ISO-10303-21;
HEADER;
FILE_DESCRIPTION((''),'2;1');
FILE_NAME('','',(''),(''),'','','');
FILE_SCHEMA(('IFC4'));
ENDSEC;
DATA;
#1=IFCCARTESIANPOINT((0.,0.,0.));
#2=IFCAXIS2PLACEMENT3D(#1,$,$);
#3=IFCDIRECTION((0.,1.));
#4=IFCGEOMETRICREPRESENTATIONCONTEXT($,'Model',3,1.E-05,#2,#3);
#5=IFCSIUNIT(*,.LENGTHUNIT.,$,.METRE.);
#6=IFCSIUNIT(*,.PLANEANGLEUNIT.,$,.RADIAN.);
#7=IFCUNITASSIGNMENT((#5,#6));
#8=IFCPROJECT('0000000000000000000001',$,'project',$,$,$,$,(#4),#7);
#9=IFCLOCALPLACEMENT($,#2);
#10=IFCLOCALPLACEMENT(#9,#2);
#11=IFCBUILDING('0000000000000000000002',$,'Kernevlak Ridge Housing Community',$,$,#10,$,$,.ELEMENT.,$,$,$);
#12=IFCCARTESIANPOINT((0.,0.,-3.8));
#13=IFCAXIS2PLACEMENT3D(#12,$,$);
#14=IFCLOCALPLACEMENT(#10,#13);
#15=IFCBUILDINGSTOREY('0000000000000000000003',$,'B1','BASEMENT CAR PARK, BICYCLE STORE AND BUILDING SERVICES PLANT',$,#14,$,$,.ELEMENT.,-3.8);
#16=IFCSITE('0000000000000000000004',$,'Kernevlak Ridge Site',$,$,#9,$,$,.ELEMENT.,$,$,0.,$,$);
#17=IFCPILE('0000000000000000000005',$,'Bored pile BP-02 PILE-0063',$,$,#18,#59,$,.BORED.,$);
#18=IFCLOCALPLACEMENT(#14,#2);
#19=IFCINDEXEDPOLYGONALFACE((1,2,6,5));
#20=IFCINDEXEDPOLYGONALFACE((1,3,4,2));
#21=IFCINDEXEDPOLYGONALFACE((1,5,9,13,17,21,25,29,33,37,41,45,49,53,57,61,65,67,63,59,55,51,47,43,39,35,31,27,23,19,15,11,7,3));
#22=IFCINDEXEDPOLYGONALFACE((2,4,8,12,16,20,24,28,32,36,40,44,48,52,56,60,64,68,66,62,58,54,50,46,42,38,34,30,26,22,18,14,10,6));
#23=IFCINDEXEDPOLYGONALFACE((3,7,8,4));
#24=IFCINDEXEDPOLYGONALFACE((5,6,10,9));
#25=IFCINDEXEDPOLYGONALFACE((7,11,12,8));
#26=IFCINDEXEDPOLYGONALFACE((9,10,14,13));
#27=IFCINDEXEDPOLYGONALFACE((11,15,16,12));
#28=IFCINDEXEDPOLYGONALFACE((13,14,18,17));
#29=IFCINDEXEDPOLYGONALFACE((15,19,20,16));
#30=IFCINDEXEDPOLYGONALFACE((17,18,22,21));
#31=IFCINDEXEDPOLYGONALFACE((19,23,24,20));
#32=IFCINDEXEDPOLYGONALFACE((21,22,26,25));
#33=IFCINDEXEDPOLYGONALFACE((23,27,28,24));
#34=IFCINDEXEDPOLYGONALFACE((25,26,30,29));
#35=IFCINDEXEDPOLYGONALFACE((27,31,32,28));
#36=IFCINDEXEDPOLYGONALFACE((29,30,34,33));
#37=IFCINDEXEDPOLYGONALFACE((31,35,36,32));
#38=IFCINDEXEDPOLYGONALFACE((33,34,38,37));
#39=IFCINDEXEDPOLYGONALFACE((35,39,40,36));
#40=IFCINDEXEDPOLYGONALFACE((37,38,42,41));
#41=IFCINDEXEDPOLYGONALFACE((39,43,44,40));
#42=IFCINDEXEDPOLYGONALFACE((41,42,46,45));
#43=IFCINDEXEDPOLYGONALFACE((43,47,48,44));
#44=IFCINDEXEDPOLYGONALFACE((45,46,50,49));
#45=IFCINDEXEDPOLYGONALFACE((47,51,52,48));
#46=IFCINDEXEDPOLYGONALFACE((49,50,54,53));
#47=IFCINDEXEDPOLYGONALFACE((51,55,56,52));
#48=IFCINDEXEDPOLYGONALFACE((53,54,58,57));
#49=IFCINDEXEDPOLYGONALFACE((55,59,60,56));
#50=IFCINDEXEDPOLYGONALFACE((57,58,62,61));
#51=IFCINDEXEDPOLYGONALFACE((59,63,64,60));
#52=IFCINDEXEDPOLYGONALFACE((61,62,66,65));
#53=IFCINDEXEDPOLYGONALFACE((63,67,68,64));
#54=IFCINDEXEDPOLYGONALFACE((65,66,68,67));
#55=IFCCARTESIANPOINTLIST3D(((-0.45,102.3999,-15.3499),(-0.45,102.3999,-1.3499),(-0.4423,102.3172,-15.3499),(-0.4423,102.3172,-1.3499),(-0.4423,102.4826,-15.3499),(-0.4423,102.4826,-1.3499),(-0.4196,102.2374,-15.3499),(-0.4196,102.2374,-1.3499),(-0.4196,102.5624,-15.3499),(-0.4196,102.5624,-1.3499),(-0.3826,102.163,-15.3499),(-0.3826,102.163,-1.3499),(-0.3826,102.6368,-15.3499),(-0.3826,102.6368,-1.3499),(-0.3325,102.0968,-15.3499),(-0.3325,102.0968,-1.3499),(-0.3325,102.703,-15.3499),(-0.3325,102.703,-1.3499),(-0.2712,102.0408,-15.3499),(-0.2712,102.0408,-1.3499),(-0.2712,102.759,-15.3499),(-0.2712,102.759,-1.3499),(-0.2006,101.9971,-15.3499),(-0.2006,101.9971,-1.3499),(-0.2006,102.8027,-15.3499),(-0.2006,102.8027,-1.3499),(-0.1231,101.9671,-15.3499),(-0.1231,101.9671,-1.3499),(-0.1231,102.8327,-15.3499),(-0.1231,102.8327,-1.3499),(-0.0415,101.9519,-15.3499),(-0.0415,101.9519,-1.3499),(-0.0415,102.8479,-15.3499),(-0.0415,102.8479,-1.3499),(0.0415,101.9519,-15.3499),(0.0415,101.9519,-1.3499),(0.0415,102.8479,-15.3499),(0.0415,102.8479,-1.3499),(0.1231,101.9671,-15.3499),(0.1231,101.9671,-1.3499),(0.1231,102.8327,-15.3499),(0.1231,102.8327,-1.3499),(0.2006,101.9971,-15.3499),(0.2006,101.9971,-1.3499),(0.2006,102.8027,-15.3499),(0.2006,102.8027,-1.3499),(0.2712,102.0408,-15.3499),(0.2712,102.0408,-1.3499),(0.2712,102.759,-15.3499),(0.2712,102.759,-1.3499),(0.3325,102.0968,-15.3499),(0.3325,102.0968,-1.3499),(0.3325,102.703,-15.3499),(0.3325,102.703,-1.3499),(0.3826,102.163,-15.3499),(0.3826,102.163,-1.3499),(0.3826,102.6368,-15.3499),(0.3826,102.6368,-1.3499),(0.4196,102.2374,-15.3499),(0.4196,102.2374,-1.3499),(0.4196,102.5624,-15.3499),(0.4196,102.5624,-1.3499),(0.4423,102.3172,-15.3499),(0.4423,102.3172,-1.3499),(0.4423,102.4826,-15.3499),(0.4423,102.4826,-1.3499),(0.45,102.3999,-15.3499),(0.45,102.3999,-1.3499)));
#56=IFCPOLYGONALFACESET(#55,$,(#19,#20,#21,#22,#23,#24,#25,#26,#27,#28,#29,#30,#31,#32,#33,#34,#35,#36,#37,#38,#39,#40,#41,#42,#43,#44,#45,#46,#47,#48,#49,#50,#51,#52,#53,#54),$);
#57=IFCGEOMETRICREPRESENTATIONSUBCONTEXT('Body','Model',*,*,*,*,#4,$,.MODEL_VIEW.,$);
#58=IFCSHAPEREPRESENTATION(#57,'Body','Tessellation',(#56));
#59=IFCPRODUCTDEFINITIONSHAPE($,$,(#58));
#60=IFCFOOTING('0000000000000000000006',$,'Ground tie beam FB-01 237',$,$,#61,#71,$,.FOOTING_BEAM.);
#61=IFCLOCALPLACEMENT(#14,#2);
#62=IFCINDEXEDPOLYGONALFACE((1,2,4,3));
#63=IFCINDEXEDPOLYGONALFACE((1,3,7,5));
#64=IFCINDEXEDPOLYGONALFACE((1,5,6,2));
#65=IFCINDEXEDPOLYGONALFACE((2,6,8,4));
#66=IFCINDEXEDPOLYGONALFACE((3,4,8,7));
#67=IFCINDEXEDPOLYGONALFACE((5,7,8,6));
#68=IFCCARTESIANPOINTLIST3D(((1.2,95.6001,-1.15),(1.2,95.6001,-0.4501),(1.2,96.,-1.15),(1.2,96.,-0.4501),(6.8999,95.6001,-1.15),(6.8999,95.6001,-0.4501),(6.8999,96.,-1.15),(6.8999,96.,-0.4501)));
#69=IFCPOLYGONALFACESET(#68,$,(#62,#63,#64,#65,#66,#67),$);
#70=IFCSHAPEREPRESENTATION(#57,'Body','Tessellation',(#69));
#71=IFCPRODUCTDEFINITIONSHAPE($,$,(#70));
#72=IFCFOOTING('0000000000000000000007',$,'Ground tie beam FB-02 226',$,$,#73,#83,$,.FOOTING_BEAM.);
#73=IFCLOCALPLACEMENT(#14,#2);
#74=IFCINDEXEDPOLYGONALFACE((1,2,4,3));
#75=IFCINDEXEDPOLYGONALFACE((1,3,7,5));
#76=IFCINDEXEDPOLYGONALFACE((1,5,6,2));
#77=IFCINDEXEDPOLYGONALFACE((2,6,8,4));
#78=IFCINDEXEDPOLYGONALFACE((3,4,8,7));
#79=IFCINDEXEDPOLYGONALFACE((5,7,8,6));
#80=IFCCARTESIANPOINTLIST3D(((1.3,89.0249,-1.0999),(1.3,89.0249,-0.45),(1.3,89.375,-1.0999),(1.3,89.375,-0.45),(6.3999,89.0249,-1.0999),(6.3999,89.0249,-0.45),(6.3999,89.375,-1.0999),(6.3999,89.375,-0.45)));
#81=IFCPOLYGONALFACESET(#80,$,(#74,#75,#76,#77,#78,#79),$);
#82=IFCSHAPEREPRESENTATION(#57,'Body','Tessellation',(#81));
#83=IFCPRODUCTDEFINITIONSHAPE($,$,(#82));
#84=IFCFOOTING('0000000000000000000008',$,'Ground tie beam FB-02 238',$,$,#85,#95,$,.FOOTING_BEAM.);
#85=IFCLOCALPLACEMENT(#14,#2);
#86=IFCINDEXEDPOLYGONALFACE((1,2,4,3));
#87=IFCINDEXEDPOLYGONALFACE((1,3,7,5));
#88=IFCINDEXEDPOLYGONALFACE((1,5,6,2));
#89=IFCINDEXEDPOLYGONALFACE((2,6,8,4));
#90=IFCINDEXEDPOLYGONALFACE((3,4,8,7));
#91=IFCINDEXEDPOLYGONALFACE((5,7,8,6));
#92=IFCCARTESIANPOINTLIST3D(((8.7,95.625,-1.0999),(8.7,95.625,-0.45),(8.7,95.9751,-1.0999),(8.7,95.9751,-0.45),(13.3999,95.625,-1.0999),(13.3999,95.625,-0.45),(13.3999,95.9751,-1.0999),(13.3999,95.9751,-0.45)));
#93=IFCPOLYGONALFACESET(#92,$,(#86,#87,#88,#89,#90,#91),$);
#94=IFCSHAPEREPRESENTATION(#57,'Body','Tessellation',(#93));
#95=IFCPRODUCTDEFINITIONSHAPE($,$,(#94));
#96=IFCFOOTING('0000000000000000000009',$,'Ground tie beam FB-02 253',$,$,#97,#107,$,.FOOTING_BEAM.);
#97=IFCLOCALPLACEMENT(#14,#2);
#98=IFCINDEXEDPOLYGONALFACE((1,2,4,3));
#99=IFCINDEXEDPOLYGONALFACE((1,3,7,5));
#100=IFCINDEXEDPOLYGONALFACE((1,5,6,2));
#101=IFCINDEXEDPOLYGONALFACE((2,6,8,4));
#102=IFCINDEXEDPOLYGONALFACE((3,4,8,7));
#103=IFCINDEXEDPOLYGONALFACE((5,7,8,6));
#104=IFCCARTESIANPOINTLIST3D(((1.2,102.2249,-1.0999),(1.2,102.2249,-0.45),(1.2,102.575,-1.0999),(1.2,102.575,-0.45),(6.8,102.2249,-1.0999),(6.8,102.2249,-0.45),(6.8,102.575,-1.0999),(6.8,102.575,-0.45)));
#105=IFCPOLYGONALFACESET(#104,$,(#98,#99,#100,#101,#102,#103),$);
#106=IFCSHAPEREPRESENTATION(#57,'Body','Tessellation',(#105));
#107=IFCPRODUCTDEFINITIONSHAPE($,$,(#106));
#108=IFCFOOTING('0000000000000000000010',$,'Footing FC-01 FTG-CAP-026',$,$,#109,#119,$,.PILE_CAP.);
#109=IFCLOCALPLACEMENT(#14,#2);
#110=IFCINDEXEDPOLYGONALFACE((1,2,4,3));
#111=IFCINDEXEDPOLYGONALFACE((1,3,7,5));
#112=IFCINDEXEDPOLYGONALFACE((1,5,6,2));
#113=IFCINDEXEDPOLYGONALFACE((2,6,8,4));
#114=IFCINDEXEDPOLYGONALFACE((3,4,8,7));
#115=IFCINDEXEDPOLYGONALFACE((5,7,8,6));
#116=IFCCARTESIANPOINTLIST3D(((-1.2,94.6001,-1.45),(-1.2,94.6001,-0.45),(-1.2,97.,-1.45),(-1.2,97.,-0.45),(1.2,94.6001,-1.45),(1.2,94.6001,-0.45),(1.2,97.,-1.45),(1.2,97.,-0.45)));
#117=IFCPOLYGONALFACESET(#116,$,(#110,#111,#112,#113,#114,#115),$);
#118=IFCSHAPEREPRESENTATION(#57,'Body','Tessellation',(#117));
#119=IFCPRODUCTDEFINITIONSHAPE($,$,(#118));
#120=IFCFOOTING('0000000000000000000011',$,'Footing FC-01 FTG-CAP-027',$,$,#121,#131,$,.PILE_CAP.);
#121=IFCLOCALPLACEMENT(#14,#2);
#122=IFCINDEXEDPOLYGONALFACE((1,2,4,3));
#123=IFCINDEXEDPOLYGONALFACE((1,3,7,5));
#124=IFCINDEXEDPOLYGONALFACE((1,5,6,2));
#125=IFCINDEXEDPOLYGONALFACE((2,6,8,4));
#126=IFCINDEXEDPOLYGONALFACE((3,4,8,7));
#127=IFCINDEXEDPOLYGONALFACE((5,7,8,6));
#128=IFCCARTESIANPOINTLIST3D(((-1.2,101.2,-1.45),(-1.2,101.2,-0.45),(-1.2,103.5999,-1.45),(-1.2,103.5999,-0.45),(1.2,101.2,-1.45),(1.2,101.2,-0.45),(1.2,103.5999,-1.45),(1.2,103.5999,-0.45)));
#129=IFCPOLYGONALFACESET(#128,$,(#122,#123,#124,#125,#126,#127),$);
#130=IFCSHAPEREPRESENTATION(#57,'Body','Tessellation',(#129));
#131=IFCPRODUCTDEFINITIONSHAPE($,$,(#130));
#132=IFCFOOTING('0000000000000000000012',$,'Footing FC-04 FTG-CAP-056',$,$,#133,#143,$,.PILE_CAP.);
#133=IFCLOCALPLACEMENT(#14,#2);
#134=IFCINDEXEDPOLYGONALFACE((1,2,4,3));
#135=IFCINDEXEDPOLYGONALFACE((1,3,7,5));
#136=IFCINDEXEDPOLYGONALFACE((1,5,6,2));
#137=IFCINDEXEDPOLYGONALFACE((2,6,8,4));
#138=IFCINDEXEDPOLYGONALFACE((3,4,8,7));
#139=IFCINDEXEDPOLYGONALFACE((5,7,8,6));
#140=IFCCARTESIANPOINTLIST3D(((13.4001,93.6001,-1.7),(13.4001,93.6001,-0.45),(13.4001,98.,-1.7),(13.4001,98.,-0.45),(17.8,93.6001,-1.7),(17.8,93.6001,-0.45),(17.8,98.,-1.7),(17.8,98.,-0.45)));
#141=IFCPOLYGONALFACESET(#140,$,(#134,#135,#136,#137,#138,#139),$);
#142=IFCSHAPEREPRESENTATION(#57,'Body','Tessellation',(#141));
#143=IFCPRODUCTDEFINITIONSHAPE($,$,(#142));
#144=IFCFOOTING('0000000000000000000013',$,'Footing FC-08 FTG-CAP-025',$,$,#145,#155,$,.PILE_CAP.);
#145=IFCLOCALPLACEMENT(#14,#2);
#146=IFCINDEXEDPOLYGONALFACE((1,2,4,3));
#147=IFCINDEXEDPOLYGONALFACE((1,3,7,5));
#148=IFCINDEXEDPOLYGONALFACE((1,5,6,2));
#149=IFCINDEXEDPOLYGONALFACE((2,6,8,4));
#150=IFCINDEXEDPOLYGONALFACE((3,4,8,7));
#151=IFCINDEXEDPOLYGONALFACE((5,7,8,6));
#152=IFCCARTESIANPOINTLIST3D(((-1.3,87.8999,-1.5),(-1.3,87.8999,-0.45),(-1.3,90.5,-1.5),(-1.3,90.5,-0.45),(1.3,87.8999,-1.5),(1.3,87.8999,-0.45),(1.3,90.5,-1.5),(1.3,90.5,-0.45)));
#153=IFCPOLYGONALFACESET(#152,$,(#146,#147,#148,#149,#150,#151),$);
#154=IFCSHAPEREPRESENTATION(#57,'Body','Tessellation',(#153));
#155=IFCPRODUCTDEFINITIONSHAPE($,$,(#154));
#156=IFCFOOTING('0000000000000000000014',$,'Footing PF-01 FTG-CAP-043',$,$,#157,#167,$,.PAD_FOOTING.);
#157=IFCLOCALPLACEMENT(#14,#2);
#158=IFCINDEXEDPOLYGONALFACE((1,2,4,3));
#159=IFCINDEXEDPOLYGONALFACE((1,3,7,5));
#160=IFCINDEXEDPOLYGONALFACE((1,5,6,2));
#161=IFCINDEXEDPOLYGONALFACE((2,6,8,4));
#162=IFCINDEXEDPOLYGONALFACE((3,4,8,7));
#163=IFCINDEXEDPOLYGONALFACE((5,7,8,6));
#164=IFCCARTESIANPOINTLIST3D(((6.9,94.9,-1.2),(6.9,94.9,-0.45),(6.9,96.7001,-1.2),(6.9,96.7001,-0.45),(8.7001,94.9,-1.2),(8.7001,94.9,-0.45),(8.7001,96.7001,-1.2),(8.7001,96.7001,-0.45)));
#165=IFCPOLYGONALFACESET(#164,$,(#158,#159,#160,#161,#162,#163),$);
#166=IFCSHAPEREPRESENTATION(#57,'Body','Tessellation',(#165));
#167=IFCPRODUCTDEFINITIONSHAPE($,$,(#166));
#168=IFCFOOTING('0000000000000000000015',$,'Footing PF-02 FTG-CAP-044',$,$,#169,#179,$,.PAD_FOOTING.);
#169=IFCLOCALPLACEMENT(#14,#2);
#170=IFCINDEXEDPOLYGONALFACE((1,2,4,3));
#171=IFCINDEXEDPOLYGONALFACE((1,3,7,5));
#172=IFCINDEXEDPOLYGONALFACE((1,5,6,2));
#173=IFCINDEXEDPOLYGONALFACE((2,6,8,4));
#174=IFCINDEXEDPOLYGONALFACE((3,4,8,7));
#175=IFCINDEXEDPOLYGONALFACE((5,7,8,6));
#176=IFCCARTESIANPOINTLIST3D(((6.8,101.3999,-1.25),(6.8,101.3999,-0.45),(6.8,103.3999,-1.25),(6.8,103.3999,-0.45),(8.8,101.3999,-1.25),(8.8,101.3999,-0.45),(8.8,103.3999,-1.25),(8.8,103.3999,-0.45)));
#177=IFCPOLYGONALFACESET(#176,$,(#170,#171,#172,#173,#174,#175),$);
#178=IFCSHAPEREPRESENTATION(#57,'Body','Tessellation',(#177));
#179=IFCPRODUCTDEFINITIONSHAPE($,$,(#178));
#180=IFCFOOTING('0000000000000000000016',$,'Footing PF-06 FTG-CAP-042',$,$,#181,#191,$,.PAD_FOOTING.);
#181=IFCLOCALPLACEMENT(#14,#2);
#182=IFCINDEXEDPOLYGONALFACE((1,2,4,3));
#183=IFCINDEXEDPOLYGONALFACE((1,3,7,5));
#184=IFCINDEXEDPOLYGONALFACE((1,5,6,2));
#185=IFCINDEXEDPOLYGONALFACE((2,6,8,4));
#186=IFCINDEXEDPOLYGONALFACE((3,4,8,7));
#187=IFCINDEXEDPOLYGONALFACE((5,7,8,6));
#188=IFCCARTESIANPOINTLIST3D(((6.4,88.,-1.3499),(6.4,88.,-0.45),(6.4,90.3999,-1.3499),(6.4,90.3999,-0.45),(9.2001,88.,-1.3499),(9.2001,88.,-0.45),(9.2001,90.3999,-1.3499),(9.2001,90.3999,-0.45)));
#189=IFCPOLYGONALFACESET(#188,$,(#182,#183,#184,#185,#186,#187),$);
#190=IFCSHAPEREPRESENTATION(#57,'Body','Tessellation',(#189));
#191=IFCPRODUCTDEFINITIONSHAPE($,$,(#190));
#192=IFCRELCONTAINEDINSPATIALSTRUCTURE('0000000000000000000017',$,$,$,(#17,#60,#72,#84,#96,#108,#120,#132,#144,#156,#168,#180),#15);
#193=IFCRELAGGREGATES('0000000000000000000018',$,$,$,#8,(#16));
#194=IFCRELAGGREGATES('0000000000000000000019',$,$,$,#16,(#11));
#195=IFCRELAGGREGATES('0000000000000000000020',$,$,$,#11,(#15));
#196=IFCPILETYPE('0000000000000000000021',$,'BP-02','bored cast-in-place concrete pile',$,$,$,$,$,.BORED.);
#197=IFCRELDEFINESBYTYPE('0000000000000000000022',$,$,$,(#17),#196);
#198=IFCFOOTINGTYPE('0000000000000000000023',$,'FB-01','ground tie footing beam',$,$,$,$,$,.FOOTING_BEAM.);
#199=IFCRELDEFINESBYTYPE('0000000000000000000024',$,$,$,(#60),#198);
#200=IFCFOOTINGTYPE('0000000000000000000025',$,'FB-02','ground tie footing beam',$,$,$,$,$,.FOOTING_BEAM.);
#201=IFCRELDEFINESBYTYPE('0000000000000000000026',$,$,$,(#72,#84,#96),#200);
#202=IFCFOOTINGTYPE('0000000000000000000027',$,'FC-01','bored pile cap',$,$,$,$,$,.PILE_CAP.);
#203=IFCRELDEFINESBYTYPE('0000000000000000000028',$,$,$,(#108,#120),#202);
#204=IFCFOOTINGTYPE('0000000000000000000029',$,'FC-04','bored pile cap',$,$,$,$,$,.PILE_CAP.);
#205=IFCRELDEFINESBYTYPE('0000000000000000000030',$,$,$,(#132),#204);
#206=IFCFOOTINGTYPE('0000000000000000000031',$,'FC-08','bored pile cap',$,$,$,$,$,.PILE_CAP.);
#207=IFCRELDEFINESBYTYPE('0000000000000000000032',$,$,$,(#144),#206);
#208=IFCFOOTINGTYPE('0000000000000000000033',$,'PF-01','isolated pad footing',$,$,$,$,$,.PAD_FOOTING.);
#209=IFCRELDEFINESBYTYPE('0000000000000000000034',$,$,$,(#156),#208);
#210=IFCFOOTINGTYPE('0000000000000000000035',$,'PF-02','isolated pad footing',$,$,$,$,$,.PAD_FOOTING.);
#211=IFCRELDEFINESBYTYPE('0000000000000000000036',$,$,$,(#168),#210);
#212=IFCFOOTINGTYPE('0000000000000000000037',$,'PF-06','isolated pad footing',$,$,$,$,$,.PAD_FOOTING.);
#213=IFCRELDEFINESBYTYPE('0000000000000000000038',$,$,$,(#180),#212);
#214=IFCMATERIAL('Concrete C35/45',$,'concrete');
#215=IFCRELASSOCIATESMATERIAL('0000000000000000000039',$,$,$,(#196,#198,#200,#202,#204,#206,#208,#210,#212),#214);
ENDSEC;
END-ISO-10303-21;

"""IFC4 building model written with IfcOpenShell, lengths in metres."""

from ifc_helpers import new_model, si_unit, direction, frame, origin, origin_2d, place, context, subcontext, project, spatial, rectangle, circle, extrude, material, material_profile, profile_set, type_object, element, save


model = new_model("IFC4")

# Units and contexts
model_context = context("Model", 3, precision=1e-05, world=origin(), true_north=direction((0.0, 1.0)))
body_context = subcontext(model_context, "Body", "Model", "MODEL_VIEW")
ifc_project = project(units=[si_unit("LENGTHUNIT", "METRE"), si_unit("PLANEANGLEUNIT", "RADIAN")], contexts=[model_context])

# Site, building, storey
site_placement = place(None, origin())
site = spatial("IfcSite", under=ifc_project, at=site_placement, Name="Kernevlak Ridge Site", CompositionType="ELEMENT", RefElevation=0.0)
building_placement = place(site_placement, origin())
building = spatial("IfcBuilding", under=site, at=building_placement, Name="Kernevlak Ridge Housing Community", CompositionType="ELEMENT")
storey_placement = place(building_placement, frame((0.0, 0.0, -3.8)))
storey = spatial("IfcBuildingStorey", under=building, at=storey_placement, Name="B1", Description="BASEMENT CAR PARK, BICYCLE STORE AND BUILDING SERVICES PLANT", CompositionType="ELEMENT", Elevation=-3.8)

# Pile
ifc_material_1 = material(Name="Concrete C35/45", Category="concrete")
ifc_material_profile_1 = material_profile(ifc_material_1, circle(Radius=0.45, at=origin_2d()), Name="BORED PILE 900")
ifc_profile_set_1 = profile_set([ifc_material_profile_1], Name="Concrete C35/45")
pile_type_1 = type_object("IfcPileType", Name="BP-02", Description="bored cast-in-place concrete pile", PredefinedType="BORED", material=ifc_profile_set_1)
for number, where, z_axis, x_axis, name in (
    (1, (0.0, 102.3999, -1.3499), (0.0, 0.0, -1.0), (1.0, 0.0, 0.0), "Bored pile BP-02 PILE-0063"),
):
    element("IfcPile", number, at=place(storey_placement, frame(where, z_axis=z_axis, x_axis=x_axis)), inside=storey, type_object=pile_type_1, Name=name, PredefinedType="BORED", context=body_context, shape_type="SweptSolid", body=[
        extrude(circle(Radius=0.45, at=origin_2d()), origin(), (0.0, 0.0, 1.0), 14.0),
    ])

# Footings
ifc_material_profile_2 = material_profile(ifc_material_1, rectangle(XDim=0.3999, YDim=0.7, at=origin_2d()), Name="RC 400x700")
ifc_profile_set_2 = profile_set([ifc_material_profile_2], Name="Concrete C35/45")
footing_type_1 = type_object("IfcFootingType", Name="FB-01", Description="ground tie footing beam", PredefinedType="FOOTING_BEAM", material=ifc_profile_set_2)
footing_1_placement = place(storey_placement, frame((1.2, 95.8, -0.8), z_axis=(1.0, 0.0, 0.0), x_axis=(0.0, 1.0, 0.0)))
element("IfcFooting", 2, at=footing_1_placement, inside=storey, type_object=footing_type_1, Name="Ground tie beam FB-01 237", PredefinedType="FOOTING_BEAM", context=body_context, shape_type="SweptSolid", body=[
    extrude(rectangle(XDim=0.3999, YDim=0.7, at=origin_2d()), origin(), (0.0, 0.0, 1.0), 5.7),
])
ifc_material_profile_3 = material_profile(ifc_material_1, rectangle(XDim=0.3501, YDim=0.6499, at=origin_2d()), Name="RC 350x650")
ifc_profile_set_3 = profile_set([ifc_material_profile_3], Name="Concrete C35/45")
footing_type_2 = type_object("IfcFootingType", Name="FB-02", Description="ground tie footing beam", PredefinedType="FOOTING_BEAM", material=ifc_profile_set_3)
footing_2_placement = place(storey_placement, frame((1.3, 89.2, -0.7749), z_axis=(1.0, 0.0, 0.0), x_axis=(0.0, 1.0, 0.0)))
element("IfcFooting", 3, at=footing_2_placement, inside=storey, type_object=footing_type_2, Name="Ground tie beam FB-02 226", PredefinedType="FOOTING_BEAM", context=body_context, shape_type="SweptSolid", body=[
    extrude(rectangle(XDim=0.3501, YDim=0.6499, at=origin_2d()), origin(), (0.0, 0.0, 1.0), 5.0999),
])
footing_3_placement = place(storey_placement, frame((8.7, 95.8, -0.7749), z_axis=(1.0, 0.0, 0.0), x_axis=(0.0, 1.0, 0.0)))
element("IfcFooting", 4, at=footing_3_placement, inside=storey, type_object=footing_type_2, Name="Ground tie beam FB-02 238", PredefinedType="FOOTING_BEAM", context=body_context, shape_type="SweptSolid", body=[
    extrude(rectangle(XDim=0.3501, YDim=0.6499, at=origin_2d()), origin(), (0.0, 0.0, 1.0), 4.7),
])
footing_4_placement = place(storey_placement, frame((1.2, 102.3999, -0.7749), z_axis=(1.0, 0.0, 0.0), x_axis=(0.0, 1.0, 0.0)))
element("IfcFooting", 5, at=footing_4_placement, inside=storey, type_object=footing_type_2, Name="Ground tie beam FB-02 253", PredefinedType="FOOTING_BEAM", context=body_context, shape_type="SweptSolid", body=[
    extrude(rectangle(XDim=0.3501, YDim=0.6499, at=origin_2d()), origin(), (0.0, 0.0, 1.0), 5.6001),
])
footing_type_3 = type_object("IfcFootingType", Name="FC-01", Description="bored pile cap", PredefinedType="PILE_CAP", material=ifc_material_1)
for number, where, z_axis, x_axis, name in (
    (6, (0.0, 95.8, -1.45), (0.0, 0.0, 1.0), (1.0, 0.0, 0.0), "Footing FC-01 FTG-CAP-026"),
    (7, (0.0, 102.3999, -1.45), (0.0, 0.0, 1.0), (1.0, 0.0, 0.0), "Footing FC-01 FTG-CAP-027"),
):
    element("IfcFooting", number, at=place(storey_placement, frame(where, z_axis=z_axis, x_axis=x_axis)), inside=storey, type_object=footing_type_3, Name=name, PredefinedType="PILE_CAP", context=body_context, shape_type="SweptSolid", body=[
        extrude(rectangle(XDim=2.3999, YDim=2.3999, at=origin_2d()), origin(), (0.0, 0.0, 1.0), 1.0),
    ])
footing_type_4 = type_object("IfcFootingType", Name="FC-04", Description="bored pile cap", PredefinedType="PILE_CAP", material=ifc_material_1)
footing_5_placement = place(storey_placement, frame((15.6001, 95.8, -1.7), z_axis=(0.0, 0.0, 1.0), x_axis=(1.0, 0.0, 0.0)))
element("IfcFooting", 8, at=footing_5_placement, inside=storey, type_object=footing_type_4, Name="Footing FC-04 FTG-CAP-056", PredefinedType="PILE_CAP", context=body_context, shape_type="SweptSolid", body=[
    extrude(rectangle(XDim=4.3999, YDim=4.3999, at=origin_2d()), origin(), (0.0, 0.0, 1.0), 1.25),
])
footing_type_5 = type_object("IfcFootingType", Name="FC-08", Description="bored pile cap", PredefinedType="PILE_CAP", material=ifc_material_1)
footing_6_placement = place(storey_placement, frame((0.0, 89.2, -1.5), z_axis=(0.0, 0.0, 1.0), x_axis=(1.0, 0.0, 0.0)))
element("IfcFooting", 9, at=footing_6_placement, inside=storey, type_object=footing_type_5, Name="Footing FC-08 FTG-CAP-025", PredefinedType="PILE_CAP", context=body_context, shape_type="SweptSolid", body=[
    extrude(rectangle(XDim=2.6001, YDim=2.6001, at=origin_2d()), origin(), (0.0, 0.0, 1.0), 1.05),
])
footing_type_6 = type_object("IfcFootingType", Name="PF-01", Description="isolated pad footing", PredefinedType="PAD_FOOTING", material=ifc_material_1)
footing_7_placement = place(storey_placement, frame((7.8, 95.8, -1.2), z_axis=(0.0, 0.0, 1.0), x_axis=(1.0, 0.0, 0.0)))
element("IfcFooting", 10, at=footing_7_placement, inside=storey, type_object=footing_type_6, Name="Footing PF-01 FTG-CAP-043", PredefinedType="PAD_FOOTING", context=body_context, shape_type="SweptSolid", body=[
    extrude(rectangle(XDim=1.8, YDim=1.8, at=origin_2d()), origin(), (0.0, 0.0, 1.0), 0.75),
])
footing_type_7 = type_object("IfcFootingType", Name="PF-02", Description="isolated pad footing", PredefinedType="PAD_FOOTING", material=ifc_material_1)
footing_8_placement = place(storey_placement, frame((7.8, 102.3999, -1.25), z_axis=(0.0, 0.0, 1.0), x_axis=(1.0, 0.0, 0.0)))
element("IfcFooting", 11, at=footing_8_placement, inside=storey, type_object=footing_type_7, Name="Footing PF-02 FTG-CAP-044", PredefinedType="PAD_FOOTING", context=body_context, shape_type="SweptSolid", body=[
    extrude(rectangle(XDim=2.0, YDim=2.0, at=origin_2d()), origin(), (0.0, 0.0, 1.0), 0.8),
])
footing_type_8 = type_object("IfcFootingType", Name="PF-06", Description="isolated pad footing", PredefinedType="PAD_FOOTING", material=ifc_material_1)
footing_9_placement = place(storey_placement, frame((7.8, 89.2, -1.3499), z_axis=(0.0, 0.0, 1.0), x_axis=(1.0, 0.0, 0.0)))
element("IfcFooting", 12, at=footing_9_placement, inside=storey, type_object=footing_type_8, Name="Footing PF-06 FTG-CAP-042", PredefinedType="PAD_FOOTING", context=body_context, shape_type="SweptSolid", body=[
    extrude(rectangle(XDim=2.8, YDim=2.3999, at=origin_2d()), origin(), (0.0, 0.0, 1.0), 0.8999),
])

save(model, "model.ifc")
